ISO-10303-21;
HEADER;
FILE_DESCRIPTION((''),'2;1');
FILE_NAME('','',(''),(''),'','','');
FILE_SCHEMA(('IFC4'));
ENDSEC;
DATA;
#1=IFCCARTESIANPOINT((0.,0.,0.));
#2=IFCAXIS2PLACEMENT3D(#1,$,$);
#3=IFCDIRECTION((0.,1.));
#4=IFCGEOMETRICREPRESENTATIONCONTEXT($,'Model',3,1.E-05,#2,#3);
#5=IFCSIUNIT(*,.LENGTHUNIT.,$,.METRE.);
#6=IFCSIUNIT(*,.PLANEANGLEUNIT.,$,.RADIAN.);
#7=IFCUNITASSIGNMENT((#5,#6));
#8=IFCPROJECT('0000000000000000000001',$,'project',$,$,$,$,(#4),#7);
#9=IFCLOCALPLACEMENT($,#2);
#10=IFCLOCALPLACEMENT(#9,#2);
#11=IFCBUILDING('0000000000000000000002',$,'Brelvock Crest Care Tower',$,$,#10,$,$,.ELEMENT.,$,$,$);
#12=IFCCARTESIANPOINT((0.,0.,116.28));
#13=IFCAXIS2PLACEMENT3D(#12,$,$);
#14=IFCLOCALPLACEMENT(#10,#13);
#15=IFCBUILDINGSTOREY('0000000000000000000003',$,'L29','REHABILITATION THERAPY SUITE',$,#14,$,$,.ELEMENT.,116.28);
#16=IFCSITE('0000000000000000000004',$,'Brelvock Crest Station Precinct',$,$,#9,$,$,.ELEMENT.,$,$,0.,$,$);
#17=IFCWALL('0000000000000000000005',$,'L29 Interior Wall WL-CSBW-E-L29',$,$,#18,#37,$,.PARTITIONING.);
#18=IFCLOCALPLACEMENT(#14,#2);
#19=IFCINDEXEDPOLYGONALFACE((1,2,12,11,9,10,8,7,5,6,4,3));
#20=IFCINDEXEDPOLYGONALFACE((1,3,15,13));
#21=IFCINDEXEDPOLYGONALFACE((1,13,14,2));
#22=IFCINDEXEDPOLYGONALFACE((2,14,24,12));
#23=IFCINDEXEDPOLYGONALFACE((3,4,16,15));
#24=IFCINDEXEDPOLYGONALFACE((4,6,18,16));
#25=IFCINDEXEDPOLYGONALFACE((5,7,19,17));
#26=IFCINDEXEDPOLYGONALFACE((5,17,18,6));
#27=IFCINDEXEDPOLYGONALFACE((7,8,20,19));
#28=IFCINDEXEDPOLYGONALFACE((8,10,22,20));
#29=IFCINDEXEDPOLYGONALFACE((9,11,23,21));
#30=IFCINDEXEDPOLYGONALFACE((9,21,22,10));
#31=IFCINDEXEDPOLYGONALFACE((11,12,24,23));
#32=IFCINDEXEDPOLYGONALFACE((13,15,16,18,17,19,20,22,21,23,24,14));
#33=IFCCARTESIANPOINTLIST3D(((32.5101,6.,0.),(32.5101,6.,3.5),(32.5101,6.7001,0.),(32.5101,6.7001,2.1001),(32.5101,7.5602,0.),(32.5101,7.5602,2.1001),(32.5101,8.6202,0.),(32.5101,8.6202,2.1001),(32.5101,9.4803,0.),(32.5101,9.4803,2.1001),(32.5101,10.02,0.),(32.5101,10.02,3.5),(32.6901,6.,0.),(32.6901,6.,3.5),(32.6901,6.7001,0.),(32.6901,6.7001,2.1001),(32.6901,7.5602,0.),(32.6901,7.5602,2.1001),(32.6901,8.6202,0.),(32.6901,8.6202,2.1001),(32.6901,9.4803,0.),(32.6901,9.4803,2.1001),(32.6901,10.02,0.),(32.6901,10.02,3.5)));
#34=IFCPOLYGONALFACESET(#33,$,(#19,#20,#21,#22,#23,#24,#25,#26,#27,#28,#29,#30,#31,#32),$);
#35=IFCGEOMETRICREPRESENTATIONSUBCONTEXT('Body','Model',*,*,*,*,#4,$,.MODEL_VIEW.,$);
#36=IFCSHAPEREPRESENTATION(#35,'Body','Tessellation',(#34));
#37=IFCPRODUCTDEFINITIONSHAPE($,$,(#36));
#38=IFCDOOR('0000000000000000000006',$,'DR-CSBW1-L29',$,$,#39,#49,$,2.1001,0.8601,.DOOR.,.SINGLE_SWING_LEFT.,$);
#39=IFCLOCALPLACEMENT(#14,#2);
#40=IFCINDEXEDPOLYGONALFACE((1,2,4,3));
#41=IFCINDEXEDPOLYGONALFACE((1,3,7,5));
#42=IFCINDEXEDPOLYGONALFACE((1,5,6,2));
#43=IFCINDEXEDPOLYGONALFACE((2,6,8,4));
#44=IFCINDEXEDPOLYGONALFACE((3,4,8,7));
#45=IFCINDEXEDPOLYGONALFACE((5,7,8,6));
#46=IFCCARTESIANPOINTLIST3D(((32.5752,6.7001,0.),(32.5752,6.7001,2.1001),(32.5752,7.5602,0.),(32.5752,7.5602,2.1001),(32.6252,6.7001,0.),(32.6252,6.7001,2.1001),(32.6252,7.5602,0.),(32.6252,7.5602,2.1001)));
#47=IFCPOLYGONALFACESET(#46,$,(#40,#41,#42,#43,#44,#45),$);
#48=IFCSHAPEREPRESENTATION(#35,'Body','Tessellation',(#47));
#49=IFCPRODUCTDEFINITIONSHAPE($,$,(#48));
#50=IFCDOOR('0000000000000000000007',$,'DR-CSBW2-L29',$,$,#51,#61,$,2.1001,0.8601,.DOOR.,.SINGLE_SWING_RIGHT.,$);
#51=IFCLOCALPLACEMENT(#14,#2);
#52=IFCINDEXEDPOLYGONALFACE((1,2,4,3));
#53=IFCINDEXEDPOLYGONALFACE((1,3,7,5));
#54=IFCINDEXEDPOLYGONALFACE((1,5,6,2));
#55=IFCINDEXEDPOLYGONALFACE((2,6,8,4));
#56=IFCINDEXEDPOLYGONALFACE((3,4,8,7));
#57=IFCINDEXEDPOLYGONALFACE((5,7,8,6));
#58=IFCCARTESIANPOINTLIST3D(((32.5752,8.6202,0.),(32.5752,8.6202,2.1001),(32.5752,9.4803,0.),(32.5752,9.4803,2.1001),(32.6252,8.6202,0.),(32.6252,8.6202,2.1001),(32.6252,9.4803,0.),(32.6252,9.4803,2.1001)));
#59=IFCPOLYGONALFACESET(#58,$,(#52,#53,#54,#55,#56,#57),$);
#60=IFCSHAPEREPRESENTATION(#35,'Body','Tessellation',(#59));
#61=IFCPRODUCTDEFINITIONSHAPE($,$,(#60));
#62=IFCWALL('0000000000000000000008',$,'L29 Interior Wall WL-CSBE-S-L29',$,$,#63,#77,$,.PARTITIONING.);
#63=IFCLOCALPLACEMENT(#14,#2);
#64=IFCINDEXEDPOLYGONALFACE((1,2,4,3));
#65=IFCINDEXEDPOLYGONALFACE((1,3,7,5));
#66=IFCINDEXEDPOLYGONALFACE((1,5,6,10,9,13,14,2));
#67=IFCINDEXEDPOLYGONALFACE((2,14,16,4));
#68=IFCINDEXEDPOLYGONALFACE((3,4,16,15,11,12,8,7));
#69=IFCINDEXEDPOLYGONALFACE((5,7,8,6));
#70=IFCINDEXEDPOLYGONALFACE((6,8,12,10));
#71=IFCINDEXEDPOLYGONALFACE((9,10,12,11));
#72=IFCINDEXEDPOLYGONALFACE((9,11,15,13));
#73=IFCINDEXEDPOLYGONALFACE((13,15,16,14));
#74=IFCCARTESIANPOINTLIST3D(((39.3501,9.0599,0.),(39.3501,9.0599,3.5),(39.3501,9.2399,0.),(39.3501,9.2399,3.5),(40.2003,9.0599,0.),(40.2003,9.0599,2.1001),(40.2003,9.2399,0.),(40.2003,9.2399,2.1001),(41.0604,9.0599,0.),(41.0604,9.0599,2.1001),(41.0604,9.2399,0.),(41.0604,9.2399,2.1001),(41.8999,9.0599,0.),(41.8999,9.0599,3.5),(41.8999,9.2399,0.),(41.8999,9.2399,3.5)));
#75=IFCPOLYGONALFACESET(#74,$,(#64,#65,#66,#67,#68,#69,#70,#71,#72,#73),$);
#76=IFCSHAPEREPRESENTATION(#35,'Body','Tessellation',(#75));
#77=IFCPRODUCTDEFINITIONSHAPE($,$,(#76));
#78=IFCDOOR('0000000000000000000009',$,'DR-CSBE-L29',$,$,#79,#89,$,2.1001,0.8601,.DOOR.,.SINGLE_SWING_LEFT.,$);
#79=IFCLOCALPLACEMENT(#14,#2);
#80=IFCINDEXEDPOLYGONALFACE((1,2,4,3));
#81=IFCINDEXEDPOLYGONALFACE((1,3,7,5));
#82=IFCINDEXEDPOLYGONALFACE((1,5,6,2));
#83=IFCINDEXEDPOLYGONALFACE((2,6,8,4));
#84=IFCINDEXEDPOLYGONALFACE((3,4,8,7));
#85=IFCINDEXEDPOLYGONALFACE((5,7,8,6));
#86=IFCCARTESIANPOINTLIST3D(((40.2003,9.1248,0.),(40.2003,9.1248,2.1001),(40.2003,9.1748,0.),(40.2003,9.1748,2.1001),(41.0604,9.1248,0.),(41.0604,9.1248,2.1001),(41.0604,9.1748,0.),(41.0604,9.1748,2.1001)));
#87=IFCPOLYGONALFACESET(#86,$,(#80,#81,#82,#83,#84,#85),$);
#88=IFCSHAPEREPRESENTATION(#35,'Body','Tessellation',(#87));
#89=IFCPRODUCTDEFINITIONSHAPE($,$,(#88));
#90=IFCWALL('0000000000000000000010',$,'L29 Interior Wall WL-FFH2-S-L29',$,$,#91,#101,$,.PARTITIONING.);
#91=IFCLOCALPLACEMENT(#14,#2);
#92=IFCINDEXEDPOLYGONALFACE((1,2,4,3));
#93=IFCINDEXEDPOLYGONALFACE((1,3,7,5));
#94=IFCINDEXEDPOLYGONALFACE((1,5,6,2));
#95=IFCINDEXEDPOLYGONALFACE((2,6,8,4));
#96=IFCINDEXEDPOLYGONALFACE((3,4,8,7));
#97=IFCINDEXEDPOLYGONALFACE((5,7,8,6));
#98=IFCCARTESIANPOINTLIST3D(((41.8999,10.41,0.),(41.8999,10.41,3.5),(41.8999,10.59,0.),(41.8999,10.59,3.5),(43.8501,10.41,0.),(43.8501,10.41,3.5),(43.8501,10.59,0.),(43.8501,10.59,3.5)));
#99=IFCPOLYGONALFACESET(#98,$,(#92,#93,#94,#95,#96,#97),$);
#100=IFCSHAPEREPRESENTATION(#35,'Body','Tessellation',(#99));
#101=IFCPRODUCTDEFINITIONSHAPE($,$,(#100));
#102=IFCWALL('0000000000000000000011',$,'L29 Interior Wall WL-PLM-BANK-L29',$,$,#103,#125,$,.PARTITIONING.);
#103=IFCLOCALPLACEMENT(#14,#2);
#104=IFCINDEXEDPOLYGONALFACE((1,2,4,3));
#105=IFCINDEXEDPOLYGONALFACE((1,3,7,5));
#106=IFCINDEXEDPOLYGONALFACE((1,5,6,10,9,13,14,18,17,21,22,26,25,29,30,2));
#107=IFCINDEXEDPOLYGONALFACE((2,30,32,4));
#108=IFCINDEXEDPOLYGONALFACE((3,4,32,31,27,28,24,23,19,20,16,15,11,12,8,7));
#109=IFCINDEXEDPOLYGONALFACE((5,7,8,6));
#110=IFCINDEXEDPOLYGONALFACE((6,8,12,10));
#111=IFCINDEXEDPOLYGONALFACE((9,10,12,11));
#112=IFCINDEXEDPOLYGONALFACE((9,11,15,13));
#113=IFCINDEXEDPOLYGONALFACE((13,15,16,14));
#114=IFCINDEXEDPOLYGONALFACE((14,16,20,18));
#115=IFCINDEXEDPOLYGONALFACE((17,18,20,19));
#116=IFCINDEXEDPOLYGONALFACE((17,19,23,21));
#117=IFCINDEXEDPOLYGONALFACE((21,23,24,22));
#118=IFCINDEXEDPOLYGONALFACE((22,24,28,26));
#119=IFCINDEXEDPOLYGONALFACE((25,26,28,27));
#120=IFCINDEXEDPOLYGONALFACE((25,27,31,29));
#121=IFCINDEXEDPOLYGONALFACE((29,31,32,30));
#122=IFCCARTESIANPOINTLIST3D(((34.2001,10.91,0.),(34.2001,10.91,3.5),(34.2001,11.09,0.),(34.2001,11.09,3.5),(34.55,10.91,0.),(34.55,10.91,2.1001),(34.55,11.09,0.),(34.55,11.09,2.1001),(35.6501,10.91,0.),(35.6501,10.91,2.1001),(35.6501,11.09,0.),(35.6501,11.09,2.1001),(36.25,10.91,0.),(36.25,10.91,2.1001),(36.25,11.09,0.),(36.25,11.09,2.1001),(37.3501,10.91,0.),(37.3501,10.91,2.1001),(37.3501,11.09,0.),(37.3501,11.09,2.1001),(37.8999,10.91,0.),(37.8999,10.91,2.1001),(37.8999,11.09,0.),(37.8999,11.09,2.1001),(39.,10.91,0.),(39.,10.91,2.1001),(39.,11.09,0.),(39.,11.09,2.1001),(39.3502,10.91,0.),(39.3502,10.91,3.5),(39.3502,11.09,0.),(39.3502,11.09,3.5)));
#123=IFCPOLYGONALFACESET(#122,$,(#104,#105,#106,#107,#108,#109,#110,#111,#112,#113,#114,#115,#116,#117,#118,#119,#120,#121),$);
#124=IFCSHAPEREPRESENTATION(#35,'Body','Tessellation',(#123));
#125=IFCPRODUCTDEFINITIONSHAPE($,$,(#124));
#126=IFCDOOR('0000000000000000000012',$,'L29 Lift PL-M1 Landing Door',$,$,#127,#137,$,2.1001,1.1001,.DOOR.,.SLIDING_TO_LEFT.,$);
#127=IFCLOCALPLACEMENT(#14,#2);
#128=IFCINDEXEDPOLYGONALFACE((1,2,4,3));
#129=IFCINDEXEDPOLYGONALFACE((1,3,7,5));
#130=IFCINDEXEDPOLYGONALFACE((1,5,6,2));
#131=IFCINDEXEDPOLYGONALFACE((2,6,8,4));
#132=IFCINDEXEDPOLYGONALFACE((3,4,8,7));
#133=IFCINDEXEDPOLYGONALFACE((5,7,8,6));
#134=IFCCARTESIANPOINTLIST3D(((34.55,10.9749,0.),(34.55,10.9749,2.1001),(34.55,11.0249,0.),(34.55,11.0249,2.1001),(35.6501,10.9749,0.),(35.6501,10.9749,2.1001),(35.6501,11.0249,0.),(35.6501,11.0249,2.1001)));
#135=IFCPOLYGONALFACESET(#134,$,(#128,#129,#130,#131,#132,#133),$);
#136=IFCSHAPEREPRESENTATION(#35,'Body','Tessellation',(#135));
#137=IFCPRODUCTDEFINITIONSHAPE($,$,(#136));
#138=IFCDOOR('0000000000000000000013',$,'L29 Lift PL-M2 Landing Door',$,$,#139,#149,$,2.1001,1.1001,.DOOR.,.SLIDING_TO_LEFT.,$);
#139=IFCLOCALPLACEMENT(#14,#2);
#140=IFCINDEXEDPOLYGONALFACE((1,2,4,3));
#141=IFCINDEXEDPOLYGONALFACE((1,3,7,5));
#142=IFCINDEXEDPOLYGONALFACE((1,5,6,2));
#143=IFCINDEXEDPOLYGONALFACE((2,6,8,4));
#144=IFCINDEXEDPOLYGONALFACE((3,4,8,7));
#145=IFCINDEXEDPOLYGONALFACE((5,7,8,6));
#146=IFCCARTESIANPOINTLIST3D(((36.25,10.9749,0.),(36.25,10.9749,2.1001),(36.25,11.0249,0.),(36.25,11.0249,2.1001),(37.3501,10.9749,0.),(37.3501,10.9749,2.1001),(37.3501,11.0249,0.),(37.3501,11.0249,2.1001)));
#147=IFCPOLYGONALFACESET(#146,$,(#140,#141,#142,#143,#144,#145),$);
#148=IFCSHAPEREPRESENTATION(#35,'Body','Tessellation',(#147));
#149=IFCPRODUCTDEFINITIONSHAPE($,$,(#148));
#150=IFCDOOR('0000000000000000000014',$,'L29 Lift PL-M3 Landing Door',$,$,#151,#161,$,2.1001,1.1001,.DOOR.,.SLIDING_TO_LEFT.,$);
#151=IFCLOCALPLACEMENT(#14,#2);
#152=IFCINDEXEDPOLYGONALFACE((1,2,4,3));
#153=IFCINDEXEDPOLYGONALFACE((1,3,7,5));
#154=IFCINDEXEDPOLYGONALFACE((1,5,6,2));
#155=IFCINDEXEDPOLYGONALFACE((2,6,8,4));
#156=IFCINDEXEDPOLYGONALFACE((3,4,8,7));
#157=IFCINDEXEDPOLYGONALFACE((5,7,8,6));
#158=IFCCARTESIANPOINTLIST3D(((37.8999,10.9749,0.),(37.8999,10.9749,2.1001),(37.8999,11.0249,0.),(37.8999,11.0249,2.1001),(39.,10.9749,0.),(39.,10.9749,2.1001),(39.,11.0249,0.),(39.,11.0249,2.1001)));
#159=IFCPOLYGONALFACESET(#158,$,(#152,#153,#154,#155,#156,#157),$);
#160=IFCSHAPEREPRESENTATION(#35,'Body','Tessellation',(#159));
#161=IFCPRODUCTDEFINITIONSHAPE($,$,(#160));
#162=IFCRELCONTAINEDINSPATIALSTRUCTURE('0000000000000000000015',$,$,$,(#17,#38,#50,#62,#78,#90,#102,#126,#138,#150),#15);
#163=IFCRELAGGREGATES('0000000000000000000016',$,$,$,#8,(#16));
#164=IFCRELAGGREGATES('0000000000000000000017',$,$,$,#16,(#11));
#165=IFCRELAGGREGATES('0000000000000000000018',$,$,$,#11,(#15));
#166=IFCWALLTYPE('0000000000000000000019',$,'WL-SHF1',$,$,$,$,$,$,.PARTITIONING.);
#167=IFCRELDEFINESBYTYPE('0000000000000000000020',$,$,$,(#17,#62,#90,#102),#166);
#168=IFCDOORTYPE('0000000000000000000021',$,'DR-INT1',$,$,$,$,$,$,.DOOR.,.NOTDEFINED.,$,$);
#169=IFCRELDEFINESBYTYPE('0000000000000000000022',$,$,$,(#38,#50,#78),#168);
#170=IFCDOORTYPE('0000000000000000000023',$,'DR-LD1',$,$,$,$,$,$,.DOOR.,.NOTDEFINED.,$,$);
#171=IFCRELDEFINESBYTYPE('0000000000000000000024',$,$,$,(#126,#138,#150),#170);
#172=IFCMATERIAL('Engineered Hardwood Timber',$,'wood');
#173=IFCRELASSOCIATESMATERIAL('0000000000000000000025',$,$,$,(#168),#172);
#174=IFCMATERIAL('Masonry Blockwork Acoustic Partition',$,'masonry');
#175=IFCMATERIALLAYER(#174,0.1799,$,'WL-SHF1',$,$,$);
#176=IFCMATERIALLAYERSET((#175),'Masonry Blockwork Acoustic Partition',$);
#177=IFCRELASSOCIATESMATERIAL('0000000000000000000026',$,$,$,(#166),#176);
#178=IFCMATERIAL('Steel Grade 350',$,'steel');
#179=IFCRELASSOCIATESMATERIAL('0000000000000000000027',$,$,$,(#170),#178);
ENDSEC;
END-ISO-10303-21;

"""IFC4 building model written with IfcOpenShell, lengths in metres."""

from ifc_helpers import new_model, si_unit, direction, frame, frame_2d, origin, origin_2d, place, context, subcontext, project, spatial, rectangle, extrude, source, transform, mapped, material, layer, layer_set, type_object, element, fill, save


model = new_model("IFC4")

# Units and contexts
model_context = context("Model", 3, precision=1e-05, world=origin(), true_north=direction((0.0, 1.0)))
body_context = subcontext(model_context, "Body", "Model", "MODEL_VIEW")
ifc_project = project(units=[si_unit("LENGTHUNIT", "METRE"), si_unit("PLANEANGLEUNIT", "RADIAN")], contexts=[model_context])

# Site, building, storey
site_placement = place(None, origin())
site = spatial("IfcSite", under=ifc_project, at=site_placement, Name="Brelvock Crest Station Precinct", CompositionType="ELEMENT", RefElevation=0.0)
building_placement = place(site_placement, origin())
building = spatial("IfcBuilding", under=site, at=building_placement, Name="Brelvock Crest Care Tower", CompositionType="ELEMENT")
storey_placement = place(building_placement, frame((0.0, 0.0, 116.28)))
storey = spatial("IfcBuildingStorey", under=building, at=storey_placement, Name="L29", Description="REHABILITATION THERAPY SUITE", CompositionType="ELEMENT", Elevation=116.28)

# Shared definitions
ifc_material_1 = material(Name="Steel Grade 350", Category="steel")

# Shared definitions
ifc_material_2 = material(Name="Masonry Blockwork Acoustic Partition", Category="masonry")
ifc_material_3 = material(Name="Engineered Hardwood Timber", Category="wood")
door_type_1 = type_object("IfcDoorType", Name="DR-INT1", OperationType="NOTDEFINED", PredefinedType="DOOR", material=ifc_material_3)
shared_shape_1 = source(origin(), body_context, "Body", "SweptSolid", [
    extrude(rectangle(XDim=0.8601, YDim=2.1001, at=origin_2d()), frame((0.4302, 0.0249, 1.05), z_axis=(0.0, -1.0, 0.0), x_axis=(1.0, 0.0, 0.0)), (0.0, 0.0, 1.0), 0.05),
])

# Shared definitions
ifc_layer_1 = layer(ifc_material_2, 0.1799, Name="WL-SHF1")
ifc_layer_set_1 = layer_set([ifc_layer_1], Name="Masonry Blockwork Acoustic Partition")
wall_type_1 = type_object("IfcWallType", Name="WL-SHF1", PredefinedType="PARTITIONING", material=ifc_layer_set_1)

# Wall, openings, doors
wall_1_placement = place(storey_placement, frame((32.6001, 6.0, 0.0), z_axis=(0.0, 0.0, 1.0), x_axis=(0.0, 1.0, 0.0)))
wall_1 = element("IfcWall", 1, at=wall_1_placement, inside=storey, type_object=wall_type_1, Name="L29 Interior Wall WL-CSBW-E-L29", PredefinedType="PARTITIONING", context=body_context, shape_type="SweptSolid", body=[
    extrude(rectangle(XDim=4.02, YDim=0.1799, at=frame_2d((2.01, 0.0))), origin(), (0.0, 0.0, 1.0), 3.5),
])
opening_1_placement = place(wall_1_placement, frame((0.7, 0.0, 0.0)))
opening_1 = element("IfcOpeningElement", 2, at=opening_1_placement, cuts=wall_1, PredefinedType="OPENING", context=body_context, shape_type="SweptSolid", body=[
    extrude(rectangle(XDim=0.8601, YDim=2.1001, at=origin_2d()), frame((0.4302, 0.1001, 1.05), z_axis=(0.0, -1.0, 0.0), x_axis=(1.0, 0.0, 0.0)), (0.0, 0.0, 1.0), 0.2),
])
opening_2_placement = place(wall_1_placement, frame((2.6201, 0.0, 0.0)))
opening_2 = element("IfcOpeningElement", 3, at=opening_2_placement, cuts=wall_1, PredefinedType="OPENING", context=body_context, shape_type="SweptSolid", body=[
    extrude(rectangle(XDim=0.8601, YDim=2.1001, at=origin_2d()), frame((0.4302, 0.1001, 1.05), z_axis=(0.0, -1.0, 0.0), x_axis=(1.0, 0.0, 0.0)), (0.0, 0.0, 1.0), 0.2),
])
door_1_placement = place(opening_1_placement, origin())
door_1 = element("IfcDoor", 4, at=door_1_placement, inside=storey, type_object=door_type_1, Name="DR-CSBW1-L29", OperationType="SINGLE_SWING_LEFT", OverallHeight=2.1001, OverallWidth=0.8601, PredefinedType="DOOR", context=body_context, shape_type="MappedRepresentation", body=[
    mapped(shared_shape_1, transform((0.0, 0.0, 0.0), x_axis=(1.0, 0.0, 0.0), y_axis=(0.0, 1.0, 0.0), z_axis=(0.0, 0.0, 1.0), scale=1.0)),
])
fill(opening_1, door_1)
door_2_placement = place(opening_2_placement, origin())
door_2 = element("IfcDoor", 5, at=door_2_placement, inside=storey, type_object=door_type_1, Name="DR-CSBW2-L29", OperationType="SINGLE_SWING_RIGHT", OverallHeight=2.1001, OverallWidth=0.8601, PredefinedType="DOOR", context=body_context, shape_type="MappedRepresentation", body=[
    mapped(shared_shape_1, transform((0.0, 0.0, 0.0), x_axis=(1.0, 0.0, 0.0), y_axis=(0.0, 1.0, 0.0), z_axis=(0.0, 0.0, 1.0), scale=1.0)),
])
fill(opening_2, door_2)

# Wall, opening, door
wall_2_placement = place(storey_placement, frame((39.3501, 9.1499, 0.0), z_axis=(0.0, 0.0, 1.0), x_axis=(1.0, 0.0, 0.0)))
wall_2 = element("IfcWall", 6, at=wall_2_placement, inside=storey, type_object=wall_type_1, Name="L29 Interior Wall WL-CSBE-S-L29", PredefinedType="PARTITIONING", context=body_context, shape_type="SweptSolid", body=[
    extrude(rectangle(XDim=2.5498, YDim=0.1799, at=frame_2d((1.2749, 0.0))), origin(), (0.0, 0.0, 1.0), 3.5),
])
opening_3_placement = place(wall_2_placement, frame((0.8501, 0.0, 0.0)))
opening_3 = element("IfcOpeningElement", 7, at=opening_3_placement, cuts=wall_2, PredefinedType="OPENING", context=body_context, shape_type="SweptSolid", body=[
    extrude(rectangle(XDim=0.8601, YDim=2.1001, at=origin_2d()), frame((0.4302, 0.1001, 1.05), z_axis=(0.0, -1.0, 0.0), x_axis=(1.0, 0.0, 0.0)), (0.0, 0.0, 1.0), 0.2),
])
door_3_placement = place(opening_3_placement, origin())
door_3 = element("IfcDoor", 8, at=door_3_placement, inside=storey, type_object=door_type_1, Name="DR-CSBE-L29", OperationType="SINGLE_SWING_LEFT", OverallHeight=2.1001, OverallWidth=0.8601, PredefinedType="DOOR", context=body_context, shape_type="MappedRepresentation", body=[
    mapped(shared_shape_1, transform((0.0, 0.0, 0.0), x_axis=(1.0, 0.0, 0.0), y_axis=(0.0, 1.0, 0.0), z_axis=(0.0, 0.0, 1.0), scale=1.0)),
])
fill(opening_3, door_3)

# Wall
wall_3_placement = place(storey_placement, frame((41.8999, 10.5, 0.0), z_axis=(0.0, 0.0, 1.0), x_axis=(1.0, 0.0, 0.0)))
element("IfcWall", 9, at=wall_3_placement, inside=storey, type_object=wall_type_1, Name="L29 Interior Wall WL-FFH2-S-L29", PredefinedType="PARTITIONING", context=body_context, shape_type="SweptSolid", body=[
    extrude(rectangle(XDim=1.9502, YDim=0.1799, at=frame_2d((0.9751, 0.0))), origin(), (0.0, 0.0, 1.0), 3.5),
])

# Wall, openings, doors
wall_4_placement = place(storey_placement, frame((34.2, 11.0, 0.0), z_axis=(0.0, 0.0, 1.0), x_axis=(1.0, 0.0, 0.0)))
wall_4 = element("IfcWall", 10, at=wall_4_placement, inside=storey, type_object=wall_type_1, Name="L29 Interior Wall WL-PLM-BANK-L29", PredefinedType="PARTITIONING", context=body_context, shape_type="SweptSolid", body=[
    extrude(rectangle(XDim=5.1501, YDim=0.1799, at=frame_2d((2.5752, 0.0))), origin(), (0.0, 0.0, 1.0), 3.5),
])
opening_4_placement = place(wall_4_placement, frame((0.3501, 0.0, 0.0)))
opening_4 = element("IfcOpeningElement", 11, at=opening_4_placement, cuts=wall_4, PredefinedType="OPENING", context=body_context, shape_type="SweptSolid", body=[
    extrude(rectangle(XDim=1.1001, YDim=2.1001, at=origin_2d()), frame((0.55, 0.1001, 1.05), z_axis=(0.0, -1.0, 0.0), x_axis=(1.0, 0.0, 0.0)), (0.0, 0.0, 1.0), 0.2),
])
opening_5_placement = place(wall_4_placement, frame((2.05, 0.0, 0.0)))
opening_5 = element("IfcOpeningElement", 12, at=opening_5_placement, cuts=wall_4, PredefinedType="OPENING", context=body_context, shape_type="SweptSolid", body=[
    extrude(rectangle(XDim=1.1001, YDim=2.1001, at=origin_2d()), frame((0.55, 0.1001, 1.05), z_axis=(0.0, -1.0, 0.0), x_axis=(1.0, 0.0, 0.0)), (0.0, 0.0, 1.0), 0.2),
])
opening_6_placement = place(wall_4_placement, frame((3.7, 0.0, 0.0)))
opening_6 = element("IfcOpeningElement", 13, at=opening_6_placement, cuts=wall_4, PredefinedType="OPENING", context=body_context, shape_type="SweptSolid", body=[
    extrude(rectangle(XDim=1.1001, YDim=2.1001, at=origin_2d()), frame((0.55, 0.1001, 1.05), z_axis=(0.0, -1.0, 0.0), x_axis=(1.0, 0.0, 0.0)), (0.0, 0.0, 1.0), 0.2),
])
door_type_2 = type_object("IfcDoorType", Name="DR-LD1", OperationType="NOTDEFINED", PredefinedType="DOOR", material=ifc_material_1)
shared_shape_2 = source(origin(), body_context, "Body", "SweptSolid", [
    extrude(rectangle(XDim=1.1001, YDim=2.1001, at=origin_2d()), frame((0.55, 0.0249, 1.05), z_axis=(0.0, -1.0, 0.0), x_axis=(1.0, 0.0, 0.0)), (0.0, 0.0, 1.0), 0.05),
])
door_4_placement = place(opening_4_placement, origin())
door_4 = element("IfcDoor", 14, at=door_4_placement, inside=storey, type_object=door_type_2, Name="L29 Lift PL-M1 Landing Door", OperationType="SLIDING_TO_LEFT", OverallHeight=2.1001, OverallWidth=1.1001, PredefinedType="DOOR", context=body_context, shape_type="MappedRepresentation", body=[
    mapped(shared_shape_2, transform((0.0, 0.0, 0.0), x_axis=(1.0, 0.0, 0.0), y_axis=(0.0, 1.0, 0.0), z_axis=(0.0, 0.0, 1.0), scale=1.0)),
])
fill(opening_4, door_4)
door_5_placement = place(opening_5_placement, origin())
door_5 = element("IfcDoor", 15, at=door_5_placement, inside=storey, type_object=door_type_2, Name="L29 Lift PL-M2 Landing Door", OperationType="SLIDING_TO_LEFT", OverallHeight=2.1001, OverallWidth=1.1001, PredefinedType="DOOR", context=body_context, shape_type="MappedRepresentation", body=[
    mapped(shared_shape_2, transform((0.0, 0.0, 0.0), x_axis=(1.0, 0.0, 0.0), y_axis=(0.0, 1.0, 0.0), z_axis=(0.0, 0.0, 1.0), scale=1.0)),
])
fill(opening_5, door_5)
door_6_placement = place(opening_6_placement, origin())
door_6 = element("IfcDoor", 16, at=door_6_placement, inside=storey, type_object=door_type_2, Name="L29 Lift PL-M3 Landing Door", OperationType="SLIDING_TO_LEFT", OverallHeight=2.1001, OverallWidth=1.1001, PredefinedType="DOOR", context=body_context, shape_type="MappedRepresentation", body=[
    mapped(shared_shape_2, transform((0.0, 0.0, 0.0), x_axis=(1.0, 0.0, 0.0), y_axis=(0.0, 1.0, 0.0), z_axis=(0.0, 0.0, 1.0), scale=1.0)),
])
fill(opening_6, door_6)

save(model, "model.ifc")
